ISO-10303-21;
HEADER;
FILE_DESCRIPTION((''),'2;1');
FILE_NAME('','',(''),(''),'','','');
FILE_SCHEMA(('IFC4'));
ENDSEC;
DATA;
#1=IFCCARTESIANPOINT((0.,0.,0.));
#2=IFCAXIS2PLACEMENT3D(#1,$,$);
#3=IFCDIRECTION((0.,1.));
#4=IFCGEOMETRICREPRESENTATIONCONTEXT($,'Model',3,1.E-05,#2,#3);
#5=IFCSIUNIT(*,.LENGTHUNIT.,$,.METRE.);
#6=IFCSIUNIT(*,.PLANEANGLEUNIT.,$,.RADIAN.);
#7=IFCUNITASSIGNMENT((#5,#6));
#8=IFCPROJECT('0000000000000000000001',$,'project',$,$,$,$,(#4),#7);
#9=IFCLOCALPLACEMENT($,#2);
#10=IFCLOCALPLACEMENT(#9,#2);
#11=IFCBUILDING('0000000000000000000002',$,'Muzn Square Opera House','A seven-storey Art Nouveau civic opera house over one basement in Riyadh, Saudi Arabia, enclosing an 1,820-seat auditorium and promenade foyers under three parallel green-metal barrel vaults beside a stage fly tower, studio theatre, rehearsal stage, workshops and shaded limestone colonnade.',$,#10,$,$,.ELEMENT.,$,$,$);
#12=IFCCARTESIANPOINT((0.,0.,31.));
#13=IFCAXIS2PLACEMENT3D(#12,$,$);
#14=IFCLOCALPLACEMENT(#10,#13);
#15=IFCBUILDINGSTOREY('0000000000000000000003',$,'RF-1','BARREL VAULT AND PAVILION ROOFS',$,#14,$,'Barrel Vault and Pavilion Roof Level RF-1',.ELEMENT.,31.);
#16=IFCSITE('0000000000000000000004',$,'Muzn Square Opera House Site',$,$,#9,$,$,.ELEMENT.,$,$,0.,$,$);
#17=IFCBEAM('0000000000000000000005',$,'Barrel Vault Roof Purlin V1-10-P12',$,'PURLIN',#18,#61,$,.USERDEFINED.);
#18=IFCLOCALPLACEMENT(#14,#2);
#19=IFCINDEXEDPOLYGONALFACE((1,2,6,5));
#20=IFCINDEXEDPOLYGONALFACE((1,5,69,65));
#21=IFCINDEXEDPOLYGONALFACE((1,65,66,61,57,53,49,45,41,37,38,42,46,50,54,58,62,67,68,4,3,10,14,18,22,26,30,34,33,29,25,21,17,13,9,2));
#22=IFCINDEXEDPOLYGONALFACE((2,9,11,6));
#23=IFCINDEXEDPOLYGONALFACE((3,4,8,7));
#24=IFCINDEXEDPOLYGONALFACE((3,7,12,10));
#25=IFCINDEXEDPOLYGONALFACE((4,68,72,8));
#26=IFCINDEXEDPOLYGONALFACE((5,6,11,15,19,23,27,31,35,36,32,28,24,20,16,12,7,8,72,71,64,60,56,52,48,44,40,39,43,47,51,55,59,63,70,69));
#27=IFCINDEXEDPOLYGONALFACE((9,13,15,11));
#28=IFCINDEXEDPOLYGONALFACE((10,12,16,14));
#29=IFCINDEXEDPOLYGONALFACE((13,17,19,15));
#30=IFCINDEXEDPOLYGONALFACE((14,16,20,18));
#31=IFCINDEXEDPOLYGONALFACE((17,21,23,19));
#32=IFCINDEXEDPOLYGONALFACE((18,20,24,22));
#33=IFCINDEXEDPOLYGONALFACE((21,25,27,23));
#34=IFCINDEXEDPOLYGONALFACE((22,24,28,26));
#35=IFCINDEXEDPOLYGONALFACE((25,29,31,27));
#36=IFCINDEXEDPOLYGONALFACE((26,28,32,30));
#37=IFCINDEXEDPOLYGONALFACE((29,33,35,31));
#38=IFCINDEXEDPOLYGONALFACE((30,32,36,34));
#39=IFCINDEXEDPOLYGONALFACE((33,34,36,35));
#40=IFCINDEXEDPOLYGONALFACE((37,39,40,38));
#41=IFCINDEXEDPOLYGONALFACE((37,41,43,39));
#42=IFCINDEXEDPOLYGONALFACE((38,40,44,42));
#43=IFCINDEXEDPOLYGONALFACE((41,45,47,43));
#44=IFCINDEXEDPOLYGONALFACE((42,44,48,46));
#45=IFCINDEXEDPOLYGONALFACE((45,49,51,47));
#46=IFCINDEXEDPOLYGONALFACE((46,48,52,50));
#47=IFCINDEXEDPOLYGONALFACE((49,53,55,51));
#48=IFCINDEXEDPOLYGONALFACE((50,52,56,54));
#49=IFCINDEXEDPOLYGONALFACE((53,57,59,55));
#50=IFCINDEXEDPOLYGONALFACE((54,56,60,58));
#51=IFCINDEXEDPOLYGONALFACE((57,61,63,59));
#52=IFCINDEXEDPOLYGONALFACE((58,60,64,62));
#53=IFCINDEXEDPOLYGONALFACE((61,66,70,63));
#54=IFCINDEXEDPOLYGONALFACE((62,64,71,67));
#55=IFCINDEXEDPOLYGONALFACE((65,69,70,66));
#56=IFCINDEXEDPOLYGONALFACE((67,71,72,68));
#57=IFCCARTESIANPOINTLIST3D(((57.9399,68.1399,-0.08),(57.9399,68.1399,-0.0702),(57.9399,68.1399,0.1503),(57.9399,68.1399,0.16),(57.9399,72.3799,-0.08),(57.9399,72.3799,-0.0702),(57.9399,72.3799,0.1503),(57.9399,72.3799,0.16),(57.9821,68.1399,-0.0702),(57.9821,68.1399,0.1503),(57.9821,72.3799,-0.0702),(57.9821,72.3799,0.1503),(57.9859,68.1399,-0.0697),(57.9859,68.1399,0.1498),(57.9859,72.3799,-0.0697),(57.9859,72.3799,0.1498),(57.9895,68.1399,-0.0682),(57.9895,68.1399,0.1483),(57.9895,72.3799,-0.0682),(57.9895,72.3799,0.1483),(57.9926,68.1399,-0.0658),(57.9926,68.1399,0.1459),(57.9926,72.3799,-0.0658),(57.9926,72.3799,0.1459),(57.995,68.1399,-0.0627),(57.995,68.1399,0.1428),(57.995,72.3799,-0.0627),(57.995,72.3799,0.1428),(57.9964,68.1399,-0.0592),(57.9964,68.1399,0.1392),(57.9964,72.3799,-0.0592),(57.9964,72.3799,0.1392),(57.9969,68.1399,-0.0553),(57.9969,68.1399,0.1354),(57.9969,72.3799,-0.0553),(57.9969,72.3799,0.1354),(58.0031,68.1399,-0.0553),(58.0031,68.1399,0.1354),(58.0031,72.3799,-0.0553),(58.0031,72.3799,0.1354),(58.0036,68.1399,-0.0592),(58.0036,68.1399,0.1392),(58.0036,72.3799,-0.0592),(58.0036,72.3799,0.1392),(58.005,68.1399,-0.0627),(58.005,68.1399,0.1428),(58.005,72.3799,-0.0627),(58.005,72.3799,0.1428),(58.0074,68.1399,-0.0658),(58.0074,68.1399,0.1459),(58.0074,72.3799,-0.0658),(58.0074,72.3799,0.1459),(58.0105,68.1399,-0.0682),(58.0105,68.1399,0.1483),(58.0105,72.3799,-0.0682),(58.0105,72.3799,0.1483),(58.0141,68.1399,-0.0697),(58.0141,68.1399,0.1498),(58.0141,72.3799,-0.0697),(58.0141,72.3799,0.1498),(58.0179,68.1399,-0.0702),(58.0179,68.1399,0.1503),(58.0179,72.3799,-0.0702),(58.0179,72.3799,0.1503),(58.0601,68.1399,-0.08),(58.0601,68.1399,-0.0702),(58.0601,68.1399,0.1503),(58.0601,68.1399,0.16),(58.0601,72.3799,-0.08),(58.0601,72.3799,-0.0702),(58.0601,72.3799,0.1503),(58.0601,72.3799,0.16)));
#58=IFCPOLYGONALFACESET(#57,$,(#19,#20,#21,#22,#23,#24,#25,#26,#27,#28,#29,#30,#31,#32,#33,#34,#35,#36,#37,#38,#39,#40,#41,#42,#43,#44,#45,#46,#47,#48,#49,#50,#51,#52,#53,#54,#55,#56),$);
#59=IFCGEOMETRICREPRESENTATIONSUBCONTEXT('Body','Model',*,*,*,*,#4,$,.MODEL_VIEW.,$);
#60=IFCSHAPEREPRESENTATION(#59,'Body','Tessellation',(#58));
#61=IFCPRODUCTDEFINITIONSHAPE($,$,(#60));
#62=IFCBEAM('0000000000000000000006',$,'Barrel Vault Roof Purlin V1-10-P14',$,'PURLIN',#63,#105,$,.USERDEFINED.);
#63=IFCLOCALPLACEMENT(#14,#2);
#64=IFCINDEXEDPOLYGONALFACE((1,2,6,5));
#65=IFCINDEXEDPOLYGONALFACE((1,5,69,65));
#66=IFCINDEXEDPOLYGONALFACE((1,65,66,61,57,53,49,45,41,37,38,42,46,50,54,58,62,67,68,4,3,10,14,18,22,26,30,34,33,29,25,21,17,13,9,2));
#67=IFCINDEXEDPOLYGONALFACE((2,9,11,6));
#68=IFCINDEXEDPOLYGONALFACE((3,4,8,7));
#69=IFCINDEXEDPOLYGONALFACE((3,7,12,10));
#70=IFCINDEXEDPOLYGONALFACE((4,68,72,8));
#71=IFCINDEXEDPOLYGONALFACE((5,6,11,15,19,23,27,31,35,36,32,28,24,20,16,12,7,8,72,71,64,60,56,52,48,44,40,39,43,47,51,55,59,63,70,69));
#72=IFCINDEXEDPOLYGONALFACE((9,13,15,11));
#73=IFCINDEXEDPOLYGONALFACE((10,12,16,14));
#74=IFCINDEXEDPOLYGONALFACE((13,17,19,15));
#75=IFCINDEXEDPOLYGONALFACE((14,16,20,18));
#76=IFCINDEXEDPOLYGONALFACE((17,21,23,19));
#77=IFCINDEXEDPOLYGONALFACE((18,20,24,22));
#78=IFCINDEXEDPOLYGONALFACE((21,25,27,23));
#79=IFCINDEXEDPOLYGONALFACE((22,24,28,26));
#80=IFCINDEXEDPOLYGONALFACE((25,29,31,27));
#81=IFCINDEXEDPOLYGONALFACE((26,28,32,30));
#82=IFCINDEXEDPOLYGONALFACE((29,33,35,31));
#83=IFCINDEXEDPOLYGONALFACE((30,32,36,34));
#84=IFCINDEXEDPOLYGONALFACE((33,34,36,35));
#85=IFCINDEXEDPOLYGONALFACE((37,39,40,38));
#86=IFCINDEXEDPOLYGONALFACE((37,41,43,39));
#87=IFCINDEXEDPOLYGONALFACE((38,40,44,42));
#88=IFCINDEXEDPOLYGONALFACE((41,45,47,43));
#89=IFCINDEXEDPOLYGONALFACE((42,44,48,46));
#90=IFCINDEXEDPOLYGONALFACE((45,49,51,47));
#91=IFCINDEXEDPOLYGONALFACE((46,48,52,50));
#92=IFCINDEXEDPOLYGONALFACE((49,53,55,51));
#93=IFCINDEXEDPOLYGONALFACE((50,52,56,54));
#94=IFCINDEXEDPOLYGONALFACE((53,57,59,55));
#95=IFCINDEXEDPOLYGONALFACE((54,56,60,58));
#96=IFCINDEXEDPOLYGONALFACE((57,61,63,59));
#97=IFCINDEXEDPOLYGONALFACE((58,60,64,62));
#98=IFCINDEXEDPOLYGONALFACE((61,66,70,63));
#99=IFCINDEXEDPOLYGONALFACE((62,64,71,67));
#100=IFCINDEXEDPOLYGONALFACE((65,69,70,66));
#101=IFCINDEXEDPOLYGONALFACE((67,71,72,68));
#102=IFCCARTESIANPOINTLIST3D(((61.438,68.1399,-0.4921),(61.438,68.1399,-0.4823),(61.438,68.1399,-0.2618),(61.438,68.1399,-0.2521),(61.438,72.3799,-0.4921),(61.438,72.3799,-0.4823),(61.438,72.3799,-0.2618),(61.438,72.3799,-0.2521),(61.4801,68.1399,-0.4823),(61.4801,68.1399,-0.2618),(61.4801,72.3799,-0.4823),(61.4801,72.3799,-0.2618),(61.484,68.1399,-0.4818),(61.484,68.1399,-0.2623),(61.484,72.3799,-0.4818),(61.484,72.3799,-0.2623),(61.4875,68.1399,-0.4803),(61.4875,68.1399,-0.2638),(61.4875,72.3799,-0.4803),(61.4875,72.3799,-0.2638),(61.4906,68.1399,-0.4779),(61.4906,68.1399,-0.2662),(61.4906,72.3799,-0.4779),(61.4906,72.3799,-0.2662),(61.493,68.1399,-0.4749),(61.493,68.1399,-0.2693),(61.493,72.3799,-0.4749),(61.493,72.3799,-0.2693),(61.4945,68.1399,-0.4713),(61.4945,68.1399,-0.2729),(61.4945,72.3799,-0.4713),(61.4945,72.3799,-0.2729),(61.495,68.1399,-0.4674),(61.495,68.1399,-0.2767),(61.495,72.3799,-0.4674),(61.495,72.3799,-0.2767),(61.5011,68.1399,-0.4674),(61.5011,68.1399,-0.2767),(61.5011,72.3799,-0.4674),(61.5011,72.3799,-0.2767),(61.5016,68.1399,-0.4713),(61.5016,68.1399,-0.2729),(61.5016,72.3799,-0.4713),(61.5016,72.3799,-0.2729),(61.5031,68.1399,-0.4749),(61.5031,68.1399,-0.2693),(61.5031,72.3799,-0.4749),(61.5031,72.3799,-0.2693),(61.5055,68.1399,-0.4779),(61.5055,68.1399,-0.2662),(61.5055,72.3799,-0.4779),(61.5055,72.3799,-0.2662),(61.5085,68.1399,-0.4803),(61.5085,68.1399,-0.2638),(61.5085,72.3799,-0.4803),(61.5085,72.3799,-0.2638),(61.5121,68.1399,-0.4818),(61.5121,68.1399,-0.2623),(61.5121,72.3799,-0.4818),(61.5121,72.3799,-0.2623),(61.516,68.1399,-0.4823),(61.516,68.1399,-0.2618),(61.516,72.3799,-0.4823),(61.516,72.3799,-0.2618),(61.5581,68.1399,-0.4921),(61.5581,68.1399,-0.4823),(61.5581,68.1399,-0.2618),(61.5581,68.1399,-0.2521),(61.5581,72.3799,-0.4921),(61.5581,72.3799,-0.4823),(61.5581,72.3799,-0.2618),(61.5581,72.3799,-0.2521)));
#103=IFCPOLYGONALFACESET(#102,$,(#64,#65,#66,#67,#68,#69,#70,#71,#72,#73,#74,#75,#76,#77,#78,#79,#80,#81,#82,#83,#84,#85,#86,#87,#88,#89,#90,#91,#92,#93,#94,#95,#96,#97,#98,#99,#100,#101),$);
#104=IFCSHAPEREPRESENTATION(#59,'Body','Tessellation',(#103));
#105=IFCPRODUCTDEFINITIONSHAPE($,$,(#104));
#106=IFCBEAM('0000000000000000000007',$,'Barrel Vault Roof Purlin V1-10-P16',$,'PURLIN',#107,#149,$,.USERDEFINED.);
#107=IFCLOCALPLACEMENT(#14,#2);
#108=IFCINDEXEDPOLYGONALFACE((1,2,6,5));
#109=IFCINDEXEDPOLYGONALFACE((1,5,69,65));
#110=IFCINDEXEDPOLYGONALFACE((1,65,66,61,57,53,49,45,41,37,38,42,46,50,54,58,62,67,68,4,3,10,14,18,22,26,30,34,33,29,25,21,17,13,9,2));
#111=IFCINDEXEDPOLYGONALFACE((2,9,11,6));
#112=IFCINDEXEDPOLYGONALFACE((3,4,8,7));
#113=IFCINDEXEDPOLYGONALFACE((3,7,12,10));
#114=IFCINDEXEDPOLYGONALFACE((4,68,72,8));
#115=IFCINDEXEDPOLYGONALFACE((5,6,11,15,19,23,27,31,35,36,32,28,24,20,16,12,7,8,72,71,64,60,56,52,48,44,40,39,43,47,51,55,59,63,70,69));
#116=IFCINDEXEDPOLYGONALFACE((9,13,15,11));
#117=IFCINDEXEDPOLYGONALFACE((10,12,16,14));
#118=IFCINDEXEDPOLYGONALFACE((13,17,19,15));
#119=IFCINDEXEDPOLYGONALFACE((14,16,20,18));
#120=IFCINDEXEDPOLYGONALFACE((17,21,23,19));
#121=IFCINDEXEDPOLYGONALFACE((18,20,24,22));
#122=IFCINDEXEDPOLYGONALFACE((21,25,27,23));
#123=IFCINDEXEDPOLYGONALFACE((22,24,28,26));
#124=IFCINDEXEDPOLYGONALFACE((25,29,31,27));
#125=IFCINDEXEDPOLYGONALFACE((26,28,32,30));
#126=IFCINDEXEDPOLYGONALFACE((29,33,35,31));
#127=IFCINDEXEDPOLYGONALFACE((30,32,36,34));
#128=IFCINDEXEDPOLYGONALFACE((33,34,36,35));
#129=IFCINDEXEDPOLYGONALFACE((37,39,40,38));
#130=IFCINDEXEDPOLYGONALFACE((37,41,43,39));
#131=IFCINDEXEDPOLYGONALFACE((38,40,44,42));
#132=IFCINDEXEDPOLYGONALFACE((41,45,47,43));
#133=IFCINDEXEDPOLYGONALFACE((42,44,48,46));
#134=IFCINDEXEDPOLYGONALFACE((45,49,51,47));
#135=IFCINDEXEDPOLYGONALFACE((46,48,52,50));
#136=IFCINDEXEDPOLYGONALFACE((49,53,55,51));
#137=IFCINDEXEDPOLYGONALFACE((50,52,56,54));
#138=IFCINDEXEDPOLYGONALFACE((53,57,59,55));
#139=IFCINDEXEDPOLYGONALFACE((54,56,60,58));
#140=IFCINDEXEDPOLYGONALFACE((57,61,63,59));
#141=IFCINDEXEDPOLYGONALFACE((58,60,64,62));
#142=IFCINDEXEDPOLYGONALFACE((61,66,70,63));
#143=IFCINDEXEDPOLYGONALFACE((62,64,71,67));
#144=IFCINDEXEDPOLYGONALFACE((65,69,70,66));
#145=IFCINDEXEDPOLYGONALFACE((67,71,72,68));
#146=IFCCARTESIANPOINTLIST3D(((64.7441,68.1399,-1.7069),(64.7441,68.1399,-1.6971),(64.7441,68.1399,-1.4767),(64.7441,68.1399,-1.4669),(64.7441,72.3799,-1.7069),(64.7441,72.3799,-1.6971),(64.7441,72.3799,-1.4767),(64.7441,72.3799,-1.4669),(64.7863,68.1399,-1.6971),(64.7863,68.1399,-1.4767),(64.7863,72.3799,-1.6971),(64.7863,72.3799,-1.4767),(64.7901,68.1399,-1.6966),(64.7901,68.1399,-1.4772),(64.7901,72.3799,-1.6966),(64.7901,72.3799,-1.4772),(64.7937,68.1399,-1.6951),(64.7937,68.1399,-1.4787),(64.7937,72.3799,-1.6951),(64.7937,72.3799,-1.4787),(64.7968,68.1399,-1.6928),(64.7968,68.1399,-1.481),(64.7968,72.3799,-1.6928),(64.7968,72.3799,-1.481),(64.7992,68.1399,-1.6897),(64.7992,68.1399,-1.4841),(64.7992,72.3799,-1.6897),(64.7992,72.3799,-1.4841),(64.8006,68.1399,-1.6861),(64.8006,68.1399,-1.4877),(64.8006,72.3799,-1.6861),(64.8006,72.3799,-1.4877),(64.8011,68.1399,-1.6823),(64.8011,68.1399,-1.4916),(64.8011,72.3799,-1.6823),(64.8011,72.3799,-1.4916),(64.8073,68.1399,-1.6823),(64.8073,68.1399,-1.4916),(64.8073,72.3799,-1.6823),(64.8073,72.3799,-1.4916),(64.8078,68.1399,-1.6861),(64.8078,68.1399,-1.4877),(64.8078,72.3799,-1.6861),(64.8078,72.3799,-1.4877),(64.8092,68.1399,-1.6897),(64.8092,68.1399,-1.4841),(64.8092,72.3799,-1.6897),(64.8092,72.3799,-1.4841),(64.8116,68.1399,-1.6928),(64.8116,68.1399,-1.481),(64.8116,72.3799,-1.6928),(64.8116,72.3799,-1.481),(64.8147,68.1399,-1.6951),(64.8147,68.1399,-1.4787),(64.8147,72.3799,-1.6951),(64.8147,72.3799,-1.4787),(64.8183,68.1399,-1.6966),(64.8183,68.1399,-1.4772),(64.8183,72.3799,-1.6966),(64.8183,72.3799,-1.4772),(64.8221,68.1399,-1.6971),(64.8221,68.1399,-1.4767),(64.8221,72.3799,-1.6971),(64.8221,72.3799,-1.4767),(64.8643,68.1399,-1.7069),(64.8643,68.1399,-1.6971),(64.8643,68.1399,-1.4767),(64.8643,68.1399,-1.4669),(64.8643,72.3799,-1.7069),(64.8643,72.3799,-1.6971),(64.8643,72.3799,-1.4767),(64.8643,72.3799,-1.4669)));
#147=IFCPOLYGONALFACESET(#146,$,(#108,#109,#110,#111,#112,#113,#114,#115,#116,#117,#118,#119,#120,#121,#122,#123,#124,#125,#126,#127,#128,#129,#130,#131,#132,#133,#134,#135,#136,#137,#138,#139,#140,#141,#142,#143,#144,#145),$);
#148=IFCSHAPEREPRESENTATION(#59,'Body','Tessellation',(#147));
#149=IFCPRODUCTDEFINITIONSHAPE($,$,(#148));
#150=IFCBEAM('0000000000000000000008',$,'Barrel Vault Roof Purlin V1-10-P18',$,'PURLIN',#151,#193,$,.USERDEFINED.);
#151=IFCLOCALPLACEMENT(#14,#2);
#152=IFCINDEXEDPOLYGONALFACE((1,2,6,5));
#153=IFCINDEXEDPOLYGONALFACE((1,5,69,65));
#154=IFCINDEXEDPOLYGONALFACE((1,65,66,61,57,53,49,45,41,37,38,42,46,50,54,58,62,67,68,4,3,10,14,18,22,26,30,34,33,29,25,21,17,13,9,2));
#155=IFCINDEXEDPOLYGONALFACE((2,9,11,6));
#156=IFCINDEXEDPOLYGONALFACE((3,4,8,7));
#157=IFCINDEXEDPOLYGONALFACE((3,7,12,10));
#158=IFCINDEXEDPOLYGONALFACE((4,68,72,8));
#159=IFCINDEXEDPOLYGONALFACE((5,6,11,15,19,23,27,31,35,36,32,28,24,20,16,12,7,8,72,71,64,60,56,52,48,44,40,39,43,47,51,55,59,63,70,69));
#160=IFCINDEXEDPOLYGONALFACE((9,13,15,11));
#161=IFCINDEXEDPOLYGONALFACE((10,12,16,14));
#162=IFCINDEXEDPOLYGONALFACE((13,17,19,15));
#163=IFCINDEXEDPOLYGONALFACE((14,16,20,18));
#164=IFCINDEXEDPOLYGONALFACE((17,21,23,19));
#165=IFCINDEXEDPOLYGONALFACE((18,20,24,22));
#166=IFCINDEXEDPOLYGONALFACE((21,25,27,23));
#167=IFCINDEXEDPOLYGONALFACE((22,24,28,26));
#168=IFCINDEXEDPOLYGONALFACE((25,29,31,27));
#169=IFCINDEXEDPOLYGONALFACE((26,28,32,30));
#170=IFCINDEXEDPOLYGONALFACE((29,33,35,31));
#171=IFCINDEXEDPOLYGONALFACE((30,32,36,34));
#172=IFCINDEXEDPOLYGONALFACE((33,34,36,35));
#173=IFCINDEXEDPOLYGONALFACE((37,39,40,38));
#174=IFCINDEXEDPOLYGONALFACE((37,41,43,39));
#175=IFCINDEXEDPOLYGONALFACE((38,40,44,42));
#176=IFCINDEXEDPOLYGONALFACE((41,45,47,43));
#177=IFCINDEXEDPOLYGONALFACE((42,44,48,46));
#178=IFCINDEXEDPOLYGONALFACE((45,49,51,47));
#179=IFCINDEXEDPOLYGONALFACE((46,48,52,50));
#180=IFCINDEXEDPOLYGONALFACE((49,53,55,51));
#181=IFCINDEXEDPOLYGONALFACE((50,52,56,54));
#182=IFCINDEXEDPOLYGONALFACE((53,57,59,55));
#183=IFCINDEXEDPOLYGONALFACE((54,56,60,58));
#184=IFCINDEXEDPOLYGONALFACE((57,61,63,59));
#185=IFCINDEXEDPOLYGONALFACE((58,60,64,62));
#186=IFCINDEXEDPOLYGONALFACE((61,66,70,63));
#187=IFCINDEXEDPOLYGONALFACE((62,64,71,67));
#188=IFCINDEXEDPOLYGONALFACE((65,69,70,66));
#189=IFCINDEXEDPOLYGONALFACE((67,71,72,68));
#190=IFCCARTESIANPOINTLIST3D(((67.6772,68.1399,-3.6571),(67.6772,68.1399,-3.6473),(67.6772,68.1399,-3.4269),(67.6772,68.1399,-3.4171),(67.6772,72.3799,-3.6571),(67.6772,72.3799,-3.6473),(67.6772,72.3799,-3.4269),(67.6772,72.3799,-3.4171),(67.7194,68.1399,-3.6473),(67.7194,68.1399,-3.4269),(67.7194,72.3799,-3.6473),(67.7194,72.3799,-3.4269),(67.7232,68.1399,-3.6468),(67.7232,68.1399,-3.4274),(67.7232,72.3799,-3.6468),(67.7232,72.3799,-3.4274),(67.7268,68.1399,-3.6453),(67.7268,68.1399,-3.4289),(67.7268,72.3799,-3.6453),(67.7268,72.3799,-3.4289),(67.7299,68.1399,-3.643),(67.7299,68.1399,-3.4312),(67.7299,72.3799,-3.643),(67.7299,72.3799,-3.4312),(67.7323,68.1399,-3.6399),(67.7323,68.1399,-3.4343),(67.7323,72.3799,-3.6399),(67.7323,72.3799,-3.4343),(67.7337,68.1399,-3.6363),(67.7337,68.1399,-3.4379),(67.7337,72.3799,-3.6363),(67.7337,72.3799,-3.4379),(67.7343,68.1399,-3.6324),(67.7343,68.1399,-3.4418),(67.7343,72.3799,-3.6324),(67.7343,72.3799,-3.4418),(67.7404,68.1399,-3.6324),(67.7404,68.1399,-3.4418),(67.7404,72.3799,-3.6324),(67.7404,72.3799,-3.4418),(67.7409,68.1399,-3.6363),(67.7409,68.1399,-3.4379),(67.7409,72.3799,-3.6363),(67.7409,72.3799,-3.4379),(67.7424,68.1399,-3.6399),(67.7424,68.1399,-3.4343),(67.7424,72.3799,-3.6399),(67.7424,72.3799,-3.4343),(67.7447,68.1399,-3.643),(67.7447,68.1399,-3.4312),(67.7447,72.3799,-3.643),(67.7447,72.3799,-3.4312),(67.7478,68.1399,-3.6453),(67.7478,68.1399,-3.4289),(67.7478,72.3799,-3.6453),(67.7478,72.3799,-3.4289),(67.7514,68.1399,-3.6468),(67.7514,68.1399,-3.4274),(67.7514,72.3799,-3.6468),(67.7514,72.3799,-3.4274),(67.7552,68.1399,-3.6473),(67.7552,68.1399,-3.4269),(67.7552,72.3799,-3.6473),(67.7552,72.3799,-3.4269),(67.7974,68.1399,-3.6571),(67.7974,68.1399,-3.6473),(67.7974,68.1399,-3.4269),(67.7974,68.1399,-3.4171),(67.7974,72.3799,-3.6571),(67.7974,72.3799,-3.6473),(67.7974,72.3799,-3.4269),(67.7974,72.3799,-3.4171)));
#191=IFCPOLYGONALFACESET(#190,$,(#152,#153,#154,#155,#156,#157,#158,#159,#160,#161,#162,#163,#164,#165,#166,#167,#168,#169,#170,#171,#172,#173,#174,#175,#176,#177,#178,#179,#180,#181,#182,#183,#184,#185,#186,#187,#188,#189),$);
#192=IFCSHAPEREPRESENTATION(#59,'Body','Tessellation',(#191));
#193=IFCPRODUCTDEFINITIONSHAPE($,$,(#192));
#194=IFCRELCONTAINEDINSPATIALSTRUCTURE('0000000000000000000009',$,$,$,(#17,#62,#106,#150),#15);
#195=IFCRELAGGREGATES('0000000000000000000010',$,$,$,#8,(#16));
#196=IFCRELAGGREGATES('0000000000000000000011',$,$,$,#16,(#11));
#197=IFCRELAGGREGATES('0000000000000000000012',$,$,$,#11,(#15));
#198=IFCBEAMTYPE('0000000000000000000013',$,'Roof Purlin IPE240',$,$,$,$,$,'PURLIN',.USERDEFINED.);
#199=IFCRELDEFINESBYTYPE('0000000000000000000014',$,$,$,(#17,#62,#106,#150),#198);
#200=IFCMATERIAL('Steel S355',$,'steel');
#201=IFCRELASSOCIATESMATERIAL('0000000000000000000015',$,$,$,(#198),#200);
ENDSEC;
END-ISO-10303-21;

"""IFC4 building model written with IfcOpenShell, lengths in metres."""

from ifc_helpers import new_model, si_unit, direction, frame, origin, origin_2d, place, context, subcontext, project, spatial, i_section, extrude, material, material_profile, profile_set, type_object, element, save


model = new_model("IFC4")

# Units and contexts
model_context = context("Model", 3, precision=1e-05, world=origin(), true_north=direction((0.0, 1.0)))
body_context = subcontext(model_context, "Body", "Model", "MODEL_VIEW")
ifc_project = project(units=[si_unit("LENGTHUNIT", "METRE"), si_unit("PLANEANGLEUNIT", "RADIAN")], contexts=[model_context])

# Site, building, storey
site_placement = place(None, origin())
site = spatial("IfcSite", under=ifc_project, at=site_placement, Name="Muzn Square Opera House Site", CompositionType="ELEMENT", RefElevation=0.0)
building_placement = place(site_placement, origin())
building = spatial("IfcBuilding", under=site, at=building_placement, Name="Muzn Square Opera House", Description="A seven-storey Art Nouveau civic opera house over one basement in Riyadh, Saudi Arabia, enclosing an 1,820-seat auditorium and promenade foyers under three parallel green-metal barrel vaults beside a stage fly tower, studio theatre, rehearsal stage, workshops and shaded limestone colonnade.", CompositionType="ELEMENT")
storey_placement = place(building_placement, frame((0.0, 0.0, 31.0)))
storey = spatial("IfcBuildingStorey", under=building, at=storey_placement, Name="RF-1", Description="BARREL VAULT AND PAVILION ROOFS", LongName="Barrel Vault and Pavilion Roof Level RF-1", CompositionType="ELEMENT", Elevation=31.0)

# Shared definitions
ifc_material_1 = material(Name="Steel S355", Category="steel")

# Beams
ifc_material_profile_1 = material_profile(ifc_material_1, i_section(OverallWidth=0.1201, OverallDepth=0.24, WebThickness=0.0061, FlangeThickness=0.0098, FilletRadius=0.0149, at=origin_2d()), Name="IPE 240", Category="steel")
ifc_profile_set_1 = profile_set([ifc_material_profile_1], Name="Steel S355")
beam_type_1 = type_object("IfcBeamType", Name="Roof Purlin IPE240", ElementType="PURLIN", PredefinedType="USERDEFINED", material=ifc_profile_set_1)
for number, where, z_axis, x_axis, name in (
    (1, (58.0, 68.1399, 0.04), (0.0, 1.0, 0.0), (-1.0, 0.0, 0.0), "Barrel Vault Roof Purlin V1-10-P12"),
    (2, (61.498, 68.1399, -0.3721), (0.0, 1.0, 0.0), (-1.0, 0.0, 0.0), "Barrel Vault Roof Purlin V1-10-P14"),
    (3, (64.8042, 68.1399, -1.5869), (0.0, 1.0, 0.0), (-1.0, 0.0, 0.0), "Barrel Vault Roof Purlin V1-10-P16"),
    (4, (67.7373, 68.1399, -3.5371), (0.0, 1.0, 0.0), (-1.0, 0.0, 0.0), "Barrel Vault Roof Purlin V1-10-P18"),
):
    element("IfcBeam", number, at=place(storey_placement, frame(where, z_axis=z_axis, x_axis=x_axis)), inside=storey, type_object=beam_type_1, Name=name, ObjectType="PURLIN", PredefinedType="USERDEFINED", context=body_context, shape_type="SweptSolid", body=[
        extrude(i_section(OverallWidth=0.1201, OverallDepth=0.24, WebThickness=0.0061, FlangeThickness=0.0098, FilletRadius=0.0149, at=origin_2d()), origin(), (0.0, 0.0, 1.0), 4.24),
    ])

save(model, "model.ifc")
